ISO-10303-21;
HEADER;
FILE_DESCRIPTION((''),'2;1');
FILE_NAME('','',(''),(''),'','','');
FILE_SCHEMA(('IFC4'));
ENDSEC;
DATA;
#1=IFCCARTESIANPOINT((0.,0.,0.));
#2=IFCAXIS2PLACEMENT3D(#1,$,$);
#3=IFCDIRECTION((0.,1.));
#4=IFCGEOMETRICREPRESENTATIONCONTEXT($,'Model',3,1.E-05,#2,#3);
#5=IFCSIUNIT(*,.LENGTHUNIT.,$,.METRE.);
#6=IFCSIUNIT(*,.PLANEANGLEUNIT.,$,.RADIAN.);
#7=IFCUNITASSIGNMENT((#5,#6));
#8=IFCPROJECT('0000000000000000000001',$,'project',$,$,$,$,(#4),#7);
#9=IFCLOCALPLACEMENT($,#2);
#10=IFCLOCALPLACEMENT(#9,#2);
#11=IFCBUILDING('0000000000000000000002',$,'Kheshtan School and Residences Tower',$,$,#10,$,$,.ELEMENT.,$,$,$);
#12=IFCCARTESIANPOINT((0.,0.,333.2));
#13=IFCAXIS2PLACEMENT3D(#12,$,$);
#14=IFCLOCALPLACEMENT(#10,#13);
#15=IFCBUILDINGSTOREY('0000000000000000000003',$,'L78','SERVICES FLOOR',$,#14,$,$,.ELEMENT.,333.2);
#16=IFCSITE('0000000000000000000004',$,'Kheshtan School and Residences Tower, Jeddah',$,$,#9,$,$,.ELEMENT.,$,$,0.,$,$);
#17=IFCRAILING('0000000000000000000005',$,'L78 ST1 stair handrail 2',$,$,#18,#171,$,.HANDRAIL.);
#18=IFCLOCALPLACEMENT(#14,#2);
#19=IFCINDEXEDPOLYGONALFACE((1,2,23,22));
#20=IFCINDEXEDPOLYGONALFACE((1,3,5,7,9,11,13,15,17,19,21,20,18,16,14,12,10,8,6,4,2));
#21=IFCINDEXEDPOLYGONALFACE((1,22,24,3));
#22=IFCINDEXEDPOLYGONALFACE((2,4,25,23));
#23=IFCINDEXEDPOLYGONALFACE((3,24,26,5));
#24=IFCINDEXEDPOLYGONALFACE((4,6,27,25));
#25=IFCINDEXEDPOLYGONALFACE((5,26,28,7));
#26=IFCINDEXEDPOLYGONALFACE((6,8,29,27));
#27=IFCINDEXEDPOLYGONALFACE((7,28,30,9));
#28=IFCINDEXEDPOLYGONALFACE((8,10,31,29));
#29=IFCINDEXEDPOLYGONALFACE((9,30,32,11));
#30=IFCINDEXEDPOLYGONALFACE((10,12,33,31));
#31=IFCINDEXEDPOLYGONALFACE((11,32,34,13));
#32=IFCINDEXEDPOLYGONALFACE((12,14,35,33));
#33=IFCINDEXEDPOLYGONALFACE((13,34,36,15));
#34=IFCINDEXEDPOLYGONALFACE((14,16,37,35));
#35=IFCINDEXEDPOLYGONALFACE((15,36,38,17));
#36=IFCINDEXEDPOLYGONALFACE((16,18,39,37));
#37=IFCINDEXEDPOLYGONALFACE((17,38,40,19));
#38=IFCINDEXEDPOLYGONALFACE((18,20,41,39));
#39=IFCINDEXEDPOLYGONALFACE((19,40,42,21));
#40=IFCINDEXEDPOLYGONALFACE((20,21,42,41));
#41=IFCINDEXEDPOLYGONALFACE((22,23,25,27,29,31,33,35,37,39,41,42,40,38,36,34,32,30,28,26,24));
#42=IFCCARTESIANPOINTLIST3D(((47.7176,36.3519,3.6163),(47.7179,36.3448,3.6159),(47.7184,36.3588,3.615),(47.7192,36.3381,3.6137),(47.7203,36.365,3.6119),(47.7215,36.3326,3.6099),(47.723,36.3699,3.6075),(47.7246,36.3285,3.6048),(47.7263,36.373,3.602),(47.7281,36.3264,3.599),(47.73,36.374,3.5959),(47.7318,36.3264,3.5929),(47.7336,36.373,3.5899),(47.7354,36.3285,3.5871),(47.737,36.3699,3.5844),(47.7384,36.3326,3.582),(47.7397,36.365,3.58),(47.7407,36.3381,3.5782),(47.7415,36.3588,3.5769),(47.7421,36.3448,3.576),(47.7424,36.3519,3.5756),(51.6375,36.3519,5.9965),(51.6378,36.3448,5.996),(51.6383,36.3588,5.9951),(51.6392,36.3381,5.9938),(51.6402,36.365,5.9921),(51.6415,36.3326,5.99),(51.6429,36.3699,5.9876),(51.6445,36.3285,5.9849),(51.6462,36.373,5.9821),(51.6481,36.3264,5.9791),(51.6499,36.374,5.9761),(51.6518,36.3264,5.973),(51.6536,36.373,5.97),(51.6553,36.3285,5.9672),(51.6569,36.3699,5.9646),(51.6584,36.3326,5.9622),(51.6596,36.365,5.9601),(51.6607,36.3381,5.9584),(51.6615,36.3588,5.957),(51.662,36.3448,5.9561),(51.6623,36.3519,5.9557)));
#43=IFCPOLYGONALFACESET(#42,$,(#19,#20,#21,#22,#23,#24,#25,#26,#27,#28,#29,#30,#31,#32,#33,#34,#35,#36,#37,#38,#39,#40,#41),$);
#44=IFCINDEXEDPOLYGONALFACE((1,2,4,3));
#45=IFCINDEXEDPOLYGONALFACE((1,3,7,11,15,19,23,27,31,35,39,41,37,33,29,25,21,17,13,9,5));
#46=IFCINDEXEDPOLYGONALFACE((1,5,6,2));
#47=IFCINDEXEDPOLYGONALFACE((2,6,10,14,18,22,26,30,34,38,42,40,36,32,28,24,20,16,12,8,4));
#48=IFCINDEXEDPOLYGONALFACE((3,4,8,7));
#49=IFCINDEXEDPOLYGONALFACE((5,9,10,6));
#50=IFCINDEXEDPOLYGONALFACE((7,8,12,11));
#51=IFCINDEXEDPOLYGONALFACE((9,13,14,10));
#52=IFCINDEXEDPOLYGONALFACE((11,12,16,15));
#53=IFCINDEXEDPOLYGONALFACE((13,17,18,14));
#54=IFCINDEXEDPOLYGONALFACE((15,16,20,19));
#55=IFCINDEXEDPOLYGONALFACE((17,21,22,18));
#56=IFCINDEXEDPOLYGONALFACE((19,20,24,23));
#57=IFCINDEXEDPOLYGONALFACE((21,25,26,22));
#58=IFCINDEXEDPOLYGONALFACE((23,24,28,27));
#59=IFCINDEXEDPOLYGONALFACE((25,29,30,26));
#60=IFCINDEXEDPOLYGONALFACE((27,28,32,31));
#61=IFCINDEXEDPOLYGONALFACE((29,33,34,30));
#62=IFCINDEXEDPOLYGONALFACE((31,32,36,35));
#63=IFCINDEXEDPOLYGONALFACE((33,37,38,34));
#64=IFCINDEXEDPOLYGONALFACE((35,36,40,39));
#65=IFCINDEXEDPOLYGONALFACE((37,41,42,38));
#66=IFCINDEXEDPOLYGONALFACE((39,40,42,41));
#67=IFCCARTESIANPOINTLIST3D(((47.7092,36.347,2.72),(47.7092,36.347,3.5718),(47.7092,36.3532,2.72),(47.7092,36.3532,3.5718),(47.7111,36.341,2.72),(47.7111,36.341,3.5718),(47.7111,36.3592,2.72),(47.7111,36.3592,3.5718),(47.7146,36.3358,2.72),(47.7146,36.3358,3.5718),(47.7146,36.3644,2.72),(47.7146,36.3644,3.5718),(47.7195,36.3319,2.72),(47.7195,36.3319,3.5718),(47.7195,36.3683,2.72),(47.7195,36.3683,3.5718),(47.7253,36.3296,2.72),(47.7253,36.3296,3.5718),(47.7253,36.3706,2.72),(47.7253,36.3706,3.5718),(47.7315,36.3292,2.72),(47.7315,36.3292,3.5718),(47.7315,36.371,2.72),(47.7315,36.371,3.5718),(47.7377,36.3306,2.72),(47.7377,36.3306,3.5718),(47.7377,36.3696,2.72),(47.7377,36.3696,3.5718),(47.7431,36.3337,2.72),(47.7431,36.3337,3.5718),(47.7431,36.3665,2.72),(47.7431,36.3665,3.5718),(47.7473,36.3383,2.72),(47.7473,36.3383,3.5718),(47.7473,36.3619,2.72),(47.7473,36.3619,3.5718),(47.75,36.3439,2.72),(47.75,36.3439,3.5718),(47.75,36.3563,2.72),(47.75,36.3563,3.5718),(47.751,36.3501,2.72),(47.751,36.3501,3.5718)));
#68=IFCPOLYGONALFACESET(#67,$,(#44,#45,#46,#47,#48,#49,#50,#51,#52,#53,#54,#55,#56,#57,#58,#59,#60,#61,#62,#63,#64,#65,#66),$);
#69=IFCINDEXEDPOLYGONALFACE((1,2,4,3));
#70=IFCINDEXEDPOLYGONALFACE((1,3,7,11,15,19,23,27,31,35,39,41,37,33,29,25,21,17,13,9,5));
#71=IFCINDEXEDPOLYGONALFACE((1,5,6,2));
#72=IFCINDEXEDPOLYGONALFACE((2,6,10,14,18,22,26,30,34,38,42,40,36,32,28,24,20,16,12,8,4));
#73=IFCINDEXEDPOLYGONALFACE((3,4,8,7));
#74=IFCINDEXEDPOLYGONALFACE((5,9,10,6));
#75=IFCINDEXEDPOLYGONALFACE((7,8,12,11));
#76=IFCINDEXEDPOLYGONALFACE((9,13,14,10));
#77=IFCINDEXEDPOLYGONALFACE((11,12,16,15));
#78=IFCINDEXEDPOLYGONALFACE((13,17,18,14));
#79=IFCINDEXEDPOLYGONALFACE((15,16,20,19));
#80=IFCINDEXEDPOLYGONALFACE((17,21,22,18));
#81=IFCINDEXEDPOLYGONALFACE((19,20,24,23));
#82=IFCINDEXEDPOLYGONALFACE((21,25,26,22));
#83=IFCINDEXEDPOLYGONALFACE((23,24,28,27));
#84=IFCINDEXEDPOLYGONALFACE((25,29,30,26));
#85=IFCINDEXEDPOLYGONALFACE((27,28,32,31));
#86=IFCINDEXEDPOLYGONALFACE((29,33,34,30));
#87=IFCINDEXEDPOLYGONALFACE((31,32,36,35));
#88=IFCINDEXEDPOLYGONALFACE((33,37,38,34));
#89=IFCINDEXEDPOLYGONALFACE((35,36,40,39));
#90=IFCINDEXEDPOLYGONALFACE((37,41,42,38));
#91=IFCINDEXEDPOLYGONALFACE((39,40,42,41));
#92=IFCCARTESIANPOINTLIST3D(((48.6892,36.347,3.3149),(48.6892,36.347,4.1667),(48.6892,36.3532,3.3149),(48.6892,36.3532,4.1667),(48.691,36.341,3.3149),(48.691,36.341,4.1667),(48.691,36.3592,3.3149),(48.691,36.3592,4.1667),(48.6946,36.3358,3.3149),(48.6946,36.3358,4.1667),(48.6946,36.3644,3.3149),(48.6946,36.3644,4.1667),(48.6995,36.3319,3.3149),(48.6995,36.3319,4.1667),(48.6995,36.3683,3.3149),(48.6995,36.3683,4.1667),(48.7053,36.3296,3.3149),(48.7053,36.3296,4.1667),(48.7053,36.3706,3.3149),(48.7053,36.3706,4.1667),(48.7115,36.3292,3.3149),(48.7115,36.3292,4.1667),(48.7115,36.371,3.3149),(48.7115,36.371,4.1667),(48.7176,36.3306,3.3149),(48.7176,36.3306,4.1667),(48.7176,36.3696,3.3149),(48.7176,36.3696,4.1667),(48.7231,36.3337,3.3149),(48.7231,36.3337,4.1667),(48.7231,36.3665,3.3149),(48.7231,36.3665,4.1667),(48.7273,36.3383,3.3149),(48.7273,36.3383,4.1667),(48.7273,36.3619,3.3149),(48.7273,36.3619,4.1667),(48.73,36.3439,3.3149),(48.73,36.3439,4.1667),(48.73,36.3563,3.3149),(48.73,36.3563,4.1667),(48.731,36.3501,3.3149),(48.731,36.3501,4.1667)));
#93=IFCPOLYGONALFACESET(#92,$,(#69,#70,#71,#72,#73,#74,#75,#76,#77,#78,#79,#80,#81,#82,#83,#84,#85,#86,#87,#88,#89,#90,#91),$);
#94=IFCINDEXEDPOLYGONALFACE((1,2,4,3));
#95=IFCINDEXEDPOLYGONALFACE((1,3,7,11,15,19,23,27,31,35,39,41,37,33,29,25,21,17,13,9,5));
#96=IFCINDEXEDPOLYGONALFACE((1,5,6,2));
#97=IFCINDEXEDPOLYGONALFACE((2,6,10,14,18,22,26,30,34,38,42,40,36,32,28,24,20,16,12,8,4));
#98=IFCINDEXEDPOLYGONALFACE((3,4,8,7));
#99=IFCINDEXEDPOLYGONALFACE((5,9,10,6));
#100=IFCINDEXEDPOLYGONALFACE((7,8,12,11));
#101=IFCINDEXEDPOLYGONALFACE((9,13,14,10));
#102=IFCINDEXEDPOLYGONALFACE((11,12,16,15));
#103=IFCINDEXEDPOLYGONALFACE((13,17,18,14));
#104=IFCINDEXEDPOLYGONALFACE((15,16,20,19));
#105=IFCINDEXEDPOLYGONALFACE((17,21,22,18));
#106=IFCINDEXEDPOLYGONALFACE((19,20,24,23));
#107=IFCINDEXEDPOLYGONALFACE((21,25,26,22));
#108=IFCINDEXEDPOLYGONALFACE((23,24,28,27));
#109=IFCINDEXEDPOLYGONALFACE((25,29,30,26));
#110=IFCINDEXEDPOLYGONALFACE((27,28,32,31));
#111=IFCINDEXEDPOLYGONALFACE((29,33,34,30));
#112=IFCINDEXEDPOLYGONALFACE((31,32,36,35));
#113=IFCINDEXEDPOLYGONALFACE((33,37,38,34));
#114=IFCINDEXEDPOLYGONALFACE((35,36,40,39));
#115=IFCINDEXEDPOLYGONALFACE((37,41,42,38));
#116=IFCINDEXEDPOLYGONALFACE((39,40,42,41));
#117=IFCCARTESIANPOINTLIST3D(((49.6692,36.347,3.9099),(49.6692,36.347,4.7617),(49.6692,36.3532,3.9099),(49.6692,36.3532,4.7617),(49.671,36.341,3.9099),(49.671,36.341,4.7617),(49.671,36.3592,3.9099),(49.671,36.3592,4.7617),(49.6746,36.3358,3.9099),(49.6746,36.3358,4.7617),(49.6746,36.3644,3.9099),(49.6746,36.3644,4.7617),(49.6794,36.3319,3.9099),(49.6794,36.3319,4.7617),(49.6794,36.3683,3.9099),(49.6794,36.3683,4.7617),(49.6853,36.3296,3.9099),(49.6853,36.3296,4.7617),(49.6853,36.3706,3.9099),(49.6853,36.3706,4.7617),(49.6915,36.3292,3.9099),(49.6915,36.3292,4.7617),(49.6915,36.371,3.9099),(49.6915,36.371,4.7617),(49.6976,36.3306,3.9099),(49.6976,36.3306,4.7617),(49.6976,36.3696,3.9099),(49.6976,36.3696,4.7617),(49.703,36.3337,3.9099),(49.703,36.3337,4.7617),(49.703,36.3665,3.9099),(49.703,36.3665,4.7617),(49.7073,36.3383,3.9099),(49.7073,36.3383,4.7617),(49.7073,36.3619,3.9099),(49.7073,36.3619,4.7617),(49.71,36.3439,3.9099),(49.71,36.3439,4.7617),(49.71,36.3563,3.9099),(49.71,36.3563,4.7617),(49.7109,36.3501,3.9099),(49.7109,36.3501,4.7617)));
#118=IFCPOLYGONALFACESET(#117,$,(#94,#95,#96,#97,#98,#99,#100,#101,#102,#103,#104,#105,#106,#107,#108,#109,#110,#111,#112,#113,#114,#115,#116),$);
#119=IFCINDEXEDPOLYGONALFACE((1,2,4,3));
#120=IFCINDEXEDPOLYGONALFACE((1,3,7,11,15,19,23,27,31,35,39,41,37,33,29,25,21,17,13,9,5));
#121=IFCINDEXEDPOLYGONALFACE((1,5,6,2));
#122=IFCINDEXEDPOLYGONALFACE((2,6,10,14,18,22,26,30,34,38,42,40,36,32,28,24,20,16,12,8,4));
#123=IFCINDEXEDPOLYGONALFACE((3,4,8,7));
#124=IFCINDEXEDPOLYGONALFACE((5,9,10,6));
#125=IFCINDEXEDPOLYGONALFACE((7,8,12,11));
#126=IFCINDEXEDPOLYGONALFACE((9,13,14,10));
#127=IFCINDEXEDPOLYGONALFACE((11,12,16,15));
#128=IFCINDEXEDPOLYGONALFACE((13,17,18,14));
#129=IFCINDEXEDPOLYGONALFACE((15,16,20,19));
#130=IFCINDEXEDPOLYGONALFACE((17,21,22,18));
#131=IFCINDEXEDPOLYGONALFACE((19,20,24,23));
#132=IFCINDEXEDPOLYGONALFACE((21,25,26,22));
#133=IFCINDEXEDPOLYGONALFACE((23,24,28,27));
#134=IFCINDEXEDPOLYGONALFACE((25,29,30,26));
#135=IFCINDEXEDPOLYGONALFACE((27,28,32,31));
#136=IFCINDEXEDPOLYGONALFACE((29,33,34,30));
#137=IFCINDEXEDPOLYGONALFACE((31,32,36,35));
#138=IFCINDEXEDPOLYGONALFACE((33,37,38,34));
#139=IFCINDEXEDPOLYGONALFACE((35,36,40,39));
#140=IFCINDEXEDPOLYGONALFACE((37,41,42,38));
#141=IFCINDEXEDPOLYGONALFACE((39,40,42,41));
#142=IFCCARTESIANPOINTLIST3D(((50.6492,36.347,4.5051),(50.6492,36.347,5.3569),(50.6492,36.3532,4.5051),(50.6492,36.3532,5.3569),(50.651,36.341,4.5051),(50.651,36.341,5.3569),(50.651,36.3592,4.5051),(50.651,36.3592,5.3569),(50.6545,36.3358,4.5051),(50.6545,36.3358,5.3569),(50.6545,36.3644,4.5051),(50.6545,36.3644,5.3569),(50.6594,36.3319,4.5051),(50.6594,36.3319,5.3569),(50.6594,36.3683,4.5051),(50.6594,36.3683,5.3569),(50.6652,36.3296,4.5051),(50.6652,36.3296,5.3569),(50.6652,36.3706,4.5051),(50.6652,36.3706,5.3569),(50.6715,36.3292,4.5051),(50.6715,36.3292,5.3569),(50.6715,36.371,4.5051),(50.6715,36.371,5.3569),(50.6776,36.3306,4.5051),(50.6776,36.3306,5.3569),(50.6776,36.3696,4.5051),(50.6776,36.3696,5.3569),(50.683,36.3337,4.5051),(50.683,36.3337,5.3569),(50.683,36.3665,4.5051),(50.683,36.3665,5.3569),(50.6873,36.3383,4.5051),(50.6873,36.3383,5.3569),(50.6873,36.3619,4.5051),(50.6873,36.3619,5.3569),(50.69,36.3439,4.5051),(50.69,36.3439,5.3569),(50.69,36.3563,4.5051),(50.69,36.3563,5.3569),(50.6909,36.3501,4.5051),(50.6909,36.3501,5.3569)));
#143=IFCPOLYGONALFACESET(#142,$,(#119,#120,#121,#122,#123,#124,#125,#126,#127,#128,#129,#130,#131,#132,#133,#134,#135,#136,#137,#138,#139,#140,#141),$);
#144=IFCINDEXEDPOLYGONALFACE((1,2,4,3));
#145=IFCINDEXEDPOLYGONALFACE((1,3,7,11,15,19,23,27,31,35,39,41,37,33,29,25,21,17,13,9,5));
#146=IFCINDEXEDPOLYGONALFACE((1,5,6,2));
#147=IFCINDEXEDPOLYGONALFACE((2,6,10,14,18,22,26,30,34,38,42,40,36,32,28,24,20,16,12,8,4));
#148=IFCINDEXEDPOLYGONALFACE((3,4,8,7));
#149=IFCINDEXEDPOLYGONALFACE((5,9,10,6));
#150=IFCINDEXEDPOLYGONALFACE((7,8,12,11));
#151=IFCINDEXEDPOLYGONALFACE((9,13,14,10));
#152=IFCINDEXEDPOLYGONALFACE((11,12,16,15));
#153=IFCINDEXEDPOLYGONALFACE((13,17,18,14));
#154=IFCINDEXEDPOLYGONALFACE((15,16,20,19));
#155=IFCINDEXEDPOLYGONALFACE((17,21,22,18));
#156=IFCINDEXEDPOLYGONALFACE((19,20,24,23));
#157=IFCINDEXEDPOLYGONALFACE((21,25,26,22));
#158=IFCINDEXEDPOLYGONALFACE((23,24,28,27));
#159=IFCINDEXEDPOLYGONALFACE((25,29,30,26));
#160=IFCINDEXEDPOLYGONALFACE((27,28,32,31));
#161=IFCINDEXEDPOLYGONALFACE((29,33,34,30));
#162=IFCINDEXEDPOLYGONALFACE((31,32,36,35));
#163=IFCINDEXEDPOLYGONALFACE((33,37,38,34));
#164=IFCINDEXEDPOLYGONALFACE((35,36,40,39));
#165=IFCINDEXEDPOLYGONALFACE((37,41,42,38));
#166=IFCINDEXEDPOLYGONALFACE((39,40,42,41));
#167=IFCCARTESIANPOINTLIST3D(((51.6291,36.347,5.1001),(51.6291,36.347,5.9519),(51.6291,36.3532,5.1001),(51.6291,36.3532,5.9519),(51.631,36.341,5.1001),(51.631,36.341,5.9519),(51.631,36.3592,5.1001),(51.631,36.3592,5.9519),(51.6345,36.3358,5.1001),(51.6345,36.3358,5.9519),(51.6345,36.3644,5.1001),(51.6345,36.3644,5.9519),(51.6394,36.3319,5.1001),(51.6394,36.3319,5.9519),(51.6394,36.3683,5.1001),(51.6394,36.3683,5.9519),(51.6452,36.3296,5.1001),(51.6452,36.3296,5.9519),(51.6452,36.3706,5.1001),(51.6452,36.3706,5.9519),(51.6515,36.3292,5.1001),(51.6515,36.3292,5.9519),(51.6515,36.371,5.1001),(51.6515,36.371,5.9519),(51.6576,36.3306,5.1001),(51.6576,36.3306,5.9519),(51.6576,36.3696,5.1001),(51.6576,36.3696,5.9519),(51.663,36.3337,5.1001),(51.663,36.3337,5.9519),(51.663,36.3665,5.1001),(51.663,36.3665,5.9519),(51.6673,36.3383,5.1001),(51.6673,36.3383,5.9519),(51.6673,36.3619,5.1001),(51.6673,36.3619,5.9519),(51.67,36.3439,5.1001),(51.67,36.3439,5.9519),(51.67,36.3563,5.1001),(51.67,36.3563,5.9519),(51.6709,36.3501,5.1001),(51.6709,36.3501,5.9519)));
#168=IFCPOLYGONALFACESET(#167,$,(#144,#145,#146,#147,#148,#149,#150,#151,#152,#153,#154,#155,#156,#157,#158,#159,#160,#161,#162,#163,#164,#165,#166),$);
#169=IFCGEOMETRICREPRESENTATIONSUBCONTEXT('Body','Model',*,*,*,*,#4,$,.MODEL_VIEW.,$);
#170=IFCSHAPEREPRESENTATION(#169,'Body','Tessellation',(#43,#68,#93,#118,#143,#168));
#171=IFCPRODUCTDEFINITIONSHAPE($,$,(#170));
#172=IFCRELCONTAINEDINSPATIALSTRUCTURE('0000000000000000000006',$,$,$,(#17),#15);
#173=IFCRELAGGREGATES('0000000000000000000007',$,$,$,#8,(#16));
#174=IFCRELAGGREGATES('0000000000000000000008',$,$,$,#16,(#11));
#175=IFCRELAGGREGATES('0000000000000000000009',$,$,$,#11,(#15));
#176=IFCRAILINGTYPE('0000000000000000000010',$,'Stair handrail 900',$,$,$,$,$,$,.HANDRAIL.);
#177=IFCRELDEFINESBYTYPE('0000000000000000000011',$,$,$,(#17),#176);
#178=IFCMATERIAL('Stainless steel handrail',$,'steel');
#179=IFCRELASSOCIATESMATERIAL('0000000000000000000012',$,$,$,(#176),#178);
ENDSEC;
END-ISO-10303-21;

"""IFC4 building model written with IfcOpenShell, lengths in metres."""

from ifc_helpers import new_model, si_unit, direction, frame, origin, origin_2d, place, context, subcontext, project, spatial, circle, extrude, material, type_object, element, save


model = new_model("IFC4")

# Units and contexts
model_context = context("Model", 3, precision=1e-05, world=origin(), true_north=direction((0.0, 1.0)))
body_context = subcontext(model_context, "Body", "Model", "MODEL_VIEW")
ifc_project = project(units=[si_unit("LENGTHUNIT", "METRE"), si_unit("PLANEANGLEUNIT", "RADIAN")], contexts=[model_context])

# Site, building, storey
site_placement = place(None, origin())
site = spatial("IfcSite", under=ifc_project, at=site_placement, Name="Kheshtan School and Residences Tower, Jeddah", CompositionType="ELEMENT", RefElevation=0.0)
building_placement = place(site_placement, origin())
building = spatial("IfcBuilding", under=site, at=building_placement, Name="Kheshtan School and Residences Tower", CompositionType="ELEMENT")
storey_placement = place(building_placement, frame((0.0, 0.0, 333.2)))
storey = spatial("IfcBuildingStorey", under=building, at=storey_placement, Name="L78", Description="SERVICES FLOOR", CompositionType="ELEMENT", Elevation=333.2)

# Railing
ifc_material_1 = material(Name="Stainless steel handrail", Category="steel")
railing_type = type_object("IfcRailingType", Name="Stair handrail 900", PredefinedType="HANDRAIL", material=ifc_material_1)
railing_placement = place(storey_placement, frame((47.73, 36.3501, 2.72)))
element("IfcRailing", 1, at=railing_placement, inside=storey, type_object=railing_type, Name="L78 ST1 stair handrail 2", PredefinedType="HANDRAIL", context=body_context, shape_type="SweptSolid", body=[
    extrude(circle(Radius=0.0239, at=origin_2d()), frame((0.0, 0.0, 0.876), z_axis=(0.854771, 0.0, 0.519006), x_axis=(0.0, 1.0, 0.0)), (0.0, 0.0, 1.0), 4.5859),
    extrude(circle(Radius=0.021, at=origin_2d()), origin(), (0.0, 0.0, 1.0), 0.8518),
    extrude(circle(Radius=0.021, at=origin_2d()), frame((0.98, 0.0, 0.595)), (0.0, 0.0, 1.0), 0.8518),
    extrude(circle(Radius=0.021, at=origin_2d()), frame((1.96, 0.0, 1.1899)), (0.0, 0.0, 1.0), 0.8518),
    extrude(circle(Radius=0.021, at=origin_2d()), frame((2.9399, 0.0, 1.7852)), (0.0, 0.0, 1.0), 0.8518),
    extrude(circle(Radius=0.021, at=origin_2d()), frame((3.9199, 0.0, 2.3801)), (0.0, 0.0, 1.0), 0.8518),
])

save(model, "model.ifc")
